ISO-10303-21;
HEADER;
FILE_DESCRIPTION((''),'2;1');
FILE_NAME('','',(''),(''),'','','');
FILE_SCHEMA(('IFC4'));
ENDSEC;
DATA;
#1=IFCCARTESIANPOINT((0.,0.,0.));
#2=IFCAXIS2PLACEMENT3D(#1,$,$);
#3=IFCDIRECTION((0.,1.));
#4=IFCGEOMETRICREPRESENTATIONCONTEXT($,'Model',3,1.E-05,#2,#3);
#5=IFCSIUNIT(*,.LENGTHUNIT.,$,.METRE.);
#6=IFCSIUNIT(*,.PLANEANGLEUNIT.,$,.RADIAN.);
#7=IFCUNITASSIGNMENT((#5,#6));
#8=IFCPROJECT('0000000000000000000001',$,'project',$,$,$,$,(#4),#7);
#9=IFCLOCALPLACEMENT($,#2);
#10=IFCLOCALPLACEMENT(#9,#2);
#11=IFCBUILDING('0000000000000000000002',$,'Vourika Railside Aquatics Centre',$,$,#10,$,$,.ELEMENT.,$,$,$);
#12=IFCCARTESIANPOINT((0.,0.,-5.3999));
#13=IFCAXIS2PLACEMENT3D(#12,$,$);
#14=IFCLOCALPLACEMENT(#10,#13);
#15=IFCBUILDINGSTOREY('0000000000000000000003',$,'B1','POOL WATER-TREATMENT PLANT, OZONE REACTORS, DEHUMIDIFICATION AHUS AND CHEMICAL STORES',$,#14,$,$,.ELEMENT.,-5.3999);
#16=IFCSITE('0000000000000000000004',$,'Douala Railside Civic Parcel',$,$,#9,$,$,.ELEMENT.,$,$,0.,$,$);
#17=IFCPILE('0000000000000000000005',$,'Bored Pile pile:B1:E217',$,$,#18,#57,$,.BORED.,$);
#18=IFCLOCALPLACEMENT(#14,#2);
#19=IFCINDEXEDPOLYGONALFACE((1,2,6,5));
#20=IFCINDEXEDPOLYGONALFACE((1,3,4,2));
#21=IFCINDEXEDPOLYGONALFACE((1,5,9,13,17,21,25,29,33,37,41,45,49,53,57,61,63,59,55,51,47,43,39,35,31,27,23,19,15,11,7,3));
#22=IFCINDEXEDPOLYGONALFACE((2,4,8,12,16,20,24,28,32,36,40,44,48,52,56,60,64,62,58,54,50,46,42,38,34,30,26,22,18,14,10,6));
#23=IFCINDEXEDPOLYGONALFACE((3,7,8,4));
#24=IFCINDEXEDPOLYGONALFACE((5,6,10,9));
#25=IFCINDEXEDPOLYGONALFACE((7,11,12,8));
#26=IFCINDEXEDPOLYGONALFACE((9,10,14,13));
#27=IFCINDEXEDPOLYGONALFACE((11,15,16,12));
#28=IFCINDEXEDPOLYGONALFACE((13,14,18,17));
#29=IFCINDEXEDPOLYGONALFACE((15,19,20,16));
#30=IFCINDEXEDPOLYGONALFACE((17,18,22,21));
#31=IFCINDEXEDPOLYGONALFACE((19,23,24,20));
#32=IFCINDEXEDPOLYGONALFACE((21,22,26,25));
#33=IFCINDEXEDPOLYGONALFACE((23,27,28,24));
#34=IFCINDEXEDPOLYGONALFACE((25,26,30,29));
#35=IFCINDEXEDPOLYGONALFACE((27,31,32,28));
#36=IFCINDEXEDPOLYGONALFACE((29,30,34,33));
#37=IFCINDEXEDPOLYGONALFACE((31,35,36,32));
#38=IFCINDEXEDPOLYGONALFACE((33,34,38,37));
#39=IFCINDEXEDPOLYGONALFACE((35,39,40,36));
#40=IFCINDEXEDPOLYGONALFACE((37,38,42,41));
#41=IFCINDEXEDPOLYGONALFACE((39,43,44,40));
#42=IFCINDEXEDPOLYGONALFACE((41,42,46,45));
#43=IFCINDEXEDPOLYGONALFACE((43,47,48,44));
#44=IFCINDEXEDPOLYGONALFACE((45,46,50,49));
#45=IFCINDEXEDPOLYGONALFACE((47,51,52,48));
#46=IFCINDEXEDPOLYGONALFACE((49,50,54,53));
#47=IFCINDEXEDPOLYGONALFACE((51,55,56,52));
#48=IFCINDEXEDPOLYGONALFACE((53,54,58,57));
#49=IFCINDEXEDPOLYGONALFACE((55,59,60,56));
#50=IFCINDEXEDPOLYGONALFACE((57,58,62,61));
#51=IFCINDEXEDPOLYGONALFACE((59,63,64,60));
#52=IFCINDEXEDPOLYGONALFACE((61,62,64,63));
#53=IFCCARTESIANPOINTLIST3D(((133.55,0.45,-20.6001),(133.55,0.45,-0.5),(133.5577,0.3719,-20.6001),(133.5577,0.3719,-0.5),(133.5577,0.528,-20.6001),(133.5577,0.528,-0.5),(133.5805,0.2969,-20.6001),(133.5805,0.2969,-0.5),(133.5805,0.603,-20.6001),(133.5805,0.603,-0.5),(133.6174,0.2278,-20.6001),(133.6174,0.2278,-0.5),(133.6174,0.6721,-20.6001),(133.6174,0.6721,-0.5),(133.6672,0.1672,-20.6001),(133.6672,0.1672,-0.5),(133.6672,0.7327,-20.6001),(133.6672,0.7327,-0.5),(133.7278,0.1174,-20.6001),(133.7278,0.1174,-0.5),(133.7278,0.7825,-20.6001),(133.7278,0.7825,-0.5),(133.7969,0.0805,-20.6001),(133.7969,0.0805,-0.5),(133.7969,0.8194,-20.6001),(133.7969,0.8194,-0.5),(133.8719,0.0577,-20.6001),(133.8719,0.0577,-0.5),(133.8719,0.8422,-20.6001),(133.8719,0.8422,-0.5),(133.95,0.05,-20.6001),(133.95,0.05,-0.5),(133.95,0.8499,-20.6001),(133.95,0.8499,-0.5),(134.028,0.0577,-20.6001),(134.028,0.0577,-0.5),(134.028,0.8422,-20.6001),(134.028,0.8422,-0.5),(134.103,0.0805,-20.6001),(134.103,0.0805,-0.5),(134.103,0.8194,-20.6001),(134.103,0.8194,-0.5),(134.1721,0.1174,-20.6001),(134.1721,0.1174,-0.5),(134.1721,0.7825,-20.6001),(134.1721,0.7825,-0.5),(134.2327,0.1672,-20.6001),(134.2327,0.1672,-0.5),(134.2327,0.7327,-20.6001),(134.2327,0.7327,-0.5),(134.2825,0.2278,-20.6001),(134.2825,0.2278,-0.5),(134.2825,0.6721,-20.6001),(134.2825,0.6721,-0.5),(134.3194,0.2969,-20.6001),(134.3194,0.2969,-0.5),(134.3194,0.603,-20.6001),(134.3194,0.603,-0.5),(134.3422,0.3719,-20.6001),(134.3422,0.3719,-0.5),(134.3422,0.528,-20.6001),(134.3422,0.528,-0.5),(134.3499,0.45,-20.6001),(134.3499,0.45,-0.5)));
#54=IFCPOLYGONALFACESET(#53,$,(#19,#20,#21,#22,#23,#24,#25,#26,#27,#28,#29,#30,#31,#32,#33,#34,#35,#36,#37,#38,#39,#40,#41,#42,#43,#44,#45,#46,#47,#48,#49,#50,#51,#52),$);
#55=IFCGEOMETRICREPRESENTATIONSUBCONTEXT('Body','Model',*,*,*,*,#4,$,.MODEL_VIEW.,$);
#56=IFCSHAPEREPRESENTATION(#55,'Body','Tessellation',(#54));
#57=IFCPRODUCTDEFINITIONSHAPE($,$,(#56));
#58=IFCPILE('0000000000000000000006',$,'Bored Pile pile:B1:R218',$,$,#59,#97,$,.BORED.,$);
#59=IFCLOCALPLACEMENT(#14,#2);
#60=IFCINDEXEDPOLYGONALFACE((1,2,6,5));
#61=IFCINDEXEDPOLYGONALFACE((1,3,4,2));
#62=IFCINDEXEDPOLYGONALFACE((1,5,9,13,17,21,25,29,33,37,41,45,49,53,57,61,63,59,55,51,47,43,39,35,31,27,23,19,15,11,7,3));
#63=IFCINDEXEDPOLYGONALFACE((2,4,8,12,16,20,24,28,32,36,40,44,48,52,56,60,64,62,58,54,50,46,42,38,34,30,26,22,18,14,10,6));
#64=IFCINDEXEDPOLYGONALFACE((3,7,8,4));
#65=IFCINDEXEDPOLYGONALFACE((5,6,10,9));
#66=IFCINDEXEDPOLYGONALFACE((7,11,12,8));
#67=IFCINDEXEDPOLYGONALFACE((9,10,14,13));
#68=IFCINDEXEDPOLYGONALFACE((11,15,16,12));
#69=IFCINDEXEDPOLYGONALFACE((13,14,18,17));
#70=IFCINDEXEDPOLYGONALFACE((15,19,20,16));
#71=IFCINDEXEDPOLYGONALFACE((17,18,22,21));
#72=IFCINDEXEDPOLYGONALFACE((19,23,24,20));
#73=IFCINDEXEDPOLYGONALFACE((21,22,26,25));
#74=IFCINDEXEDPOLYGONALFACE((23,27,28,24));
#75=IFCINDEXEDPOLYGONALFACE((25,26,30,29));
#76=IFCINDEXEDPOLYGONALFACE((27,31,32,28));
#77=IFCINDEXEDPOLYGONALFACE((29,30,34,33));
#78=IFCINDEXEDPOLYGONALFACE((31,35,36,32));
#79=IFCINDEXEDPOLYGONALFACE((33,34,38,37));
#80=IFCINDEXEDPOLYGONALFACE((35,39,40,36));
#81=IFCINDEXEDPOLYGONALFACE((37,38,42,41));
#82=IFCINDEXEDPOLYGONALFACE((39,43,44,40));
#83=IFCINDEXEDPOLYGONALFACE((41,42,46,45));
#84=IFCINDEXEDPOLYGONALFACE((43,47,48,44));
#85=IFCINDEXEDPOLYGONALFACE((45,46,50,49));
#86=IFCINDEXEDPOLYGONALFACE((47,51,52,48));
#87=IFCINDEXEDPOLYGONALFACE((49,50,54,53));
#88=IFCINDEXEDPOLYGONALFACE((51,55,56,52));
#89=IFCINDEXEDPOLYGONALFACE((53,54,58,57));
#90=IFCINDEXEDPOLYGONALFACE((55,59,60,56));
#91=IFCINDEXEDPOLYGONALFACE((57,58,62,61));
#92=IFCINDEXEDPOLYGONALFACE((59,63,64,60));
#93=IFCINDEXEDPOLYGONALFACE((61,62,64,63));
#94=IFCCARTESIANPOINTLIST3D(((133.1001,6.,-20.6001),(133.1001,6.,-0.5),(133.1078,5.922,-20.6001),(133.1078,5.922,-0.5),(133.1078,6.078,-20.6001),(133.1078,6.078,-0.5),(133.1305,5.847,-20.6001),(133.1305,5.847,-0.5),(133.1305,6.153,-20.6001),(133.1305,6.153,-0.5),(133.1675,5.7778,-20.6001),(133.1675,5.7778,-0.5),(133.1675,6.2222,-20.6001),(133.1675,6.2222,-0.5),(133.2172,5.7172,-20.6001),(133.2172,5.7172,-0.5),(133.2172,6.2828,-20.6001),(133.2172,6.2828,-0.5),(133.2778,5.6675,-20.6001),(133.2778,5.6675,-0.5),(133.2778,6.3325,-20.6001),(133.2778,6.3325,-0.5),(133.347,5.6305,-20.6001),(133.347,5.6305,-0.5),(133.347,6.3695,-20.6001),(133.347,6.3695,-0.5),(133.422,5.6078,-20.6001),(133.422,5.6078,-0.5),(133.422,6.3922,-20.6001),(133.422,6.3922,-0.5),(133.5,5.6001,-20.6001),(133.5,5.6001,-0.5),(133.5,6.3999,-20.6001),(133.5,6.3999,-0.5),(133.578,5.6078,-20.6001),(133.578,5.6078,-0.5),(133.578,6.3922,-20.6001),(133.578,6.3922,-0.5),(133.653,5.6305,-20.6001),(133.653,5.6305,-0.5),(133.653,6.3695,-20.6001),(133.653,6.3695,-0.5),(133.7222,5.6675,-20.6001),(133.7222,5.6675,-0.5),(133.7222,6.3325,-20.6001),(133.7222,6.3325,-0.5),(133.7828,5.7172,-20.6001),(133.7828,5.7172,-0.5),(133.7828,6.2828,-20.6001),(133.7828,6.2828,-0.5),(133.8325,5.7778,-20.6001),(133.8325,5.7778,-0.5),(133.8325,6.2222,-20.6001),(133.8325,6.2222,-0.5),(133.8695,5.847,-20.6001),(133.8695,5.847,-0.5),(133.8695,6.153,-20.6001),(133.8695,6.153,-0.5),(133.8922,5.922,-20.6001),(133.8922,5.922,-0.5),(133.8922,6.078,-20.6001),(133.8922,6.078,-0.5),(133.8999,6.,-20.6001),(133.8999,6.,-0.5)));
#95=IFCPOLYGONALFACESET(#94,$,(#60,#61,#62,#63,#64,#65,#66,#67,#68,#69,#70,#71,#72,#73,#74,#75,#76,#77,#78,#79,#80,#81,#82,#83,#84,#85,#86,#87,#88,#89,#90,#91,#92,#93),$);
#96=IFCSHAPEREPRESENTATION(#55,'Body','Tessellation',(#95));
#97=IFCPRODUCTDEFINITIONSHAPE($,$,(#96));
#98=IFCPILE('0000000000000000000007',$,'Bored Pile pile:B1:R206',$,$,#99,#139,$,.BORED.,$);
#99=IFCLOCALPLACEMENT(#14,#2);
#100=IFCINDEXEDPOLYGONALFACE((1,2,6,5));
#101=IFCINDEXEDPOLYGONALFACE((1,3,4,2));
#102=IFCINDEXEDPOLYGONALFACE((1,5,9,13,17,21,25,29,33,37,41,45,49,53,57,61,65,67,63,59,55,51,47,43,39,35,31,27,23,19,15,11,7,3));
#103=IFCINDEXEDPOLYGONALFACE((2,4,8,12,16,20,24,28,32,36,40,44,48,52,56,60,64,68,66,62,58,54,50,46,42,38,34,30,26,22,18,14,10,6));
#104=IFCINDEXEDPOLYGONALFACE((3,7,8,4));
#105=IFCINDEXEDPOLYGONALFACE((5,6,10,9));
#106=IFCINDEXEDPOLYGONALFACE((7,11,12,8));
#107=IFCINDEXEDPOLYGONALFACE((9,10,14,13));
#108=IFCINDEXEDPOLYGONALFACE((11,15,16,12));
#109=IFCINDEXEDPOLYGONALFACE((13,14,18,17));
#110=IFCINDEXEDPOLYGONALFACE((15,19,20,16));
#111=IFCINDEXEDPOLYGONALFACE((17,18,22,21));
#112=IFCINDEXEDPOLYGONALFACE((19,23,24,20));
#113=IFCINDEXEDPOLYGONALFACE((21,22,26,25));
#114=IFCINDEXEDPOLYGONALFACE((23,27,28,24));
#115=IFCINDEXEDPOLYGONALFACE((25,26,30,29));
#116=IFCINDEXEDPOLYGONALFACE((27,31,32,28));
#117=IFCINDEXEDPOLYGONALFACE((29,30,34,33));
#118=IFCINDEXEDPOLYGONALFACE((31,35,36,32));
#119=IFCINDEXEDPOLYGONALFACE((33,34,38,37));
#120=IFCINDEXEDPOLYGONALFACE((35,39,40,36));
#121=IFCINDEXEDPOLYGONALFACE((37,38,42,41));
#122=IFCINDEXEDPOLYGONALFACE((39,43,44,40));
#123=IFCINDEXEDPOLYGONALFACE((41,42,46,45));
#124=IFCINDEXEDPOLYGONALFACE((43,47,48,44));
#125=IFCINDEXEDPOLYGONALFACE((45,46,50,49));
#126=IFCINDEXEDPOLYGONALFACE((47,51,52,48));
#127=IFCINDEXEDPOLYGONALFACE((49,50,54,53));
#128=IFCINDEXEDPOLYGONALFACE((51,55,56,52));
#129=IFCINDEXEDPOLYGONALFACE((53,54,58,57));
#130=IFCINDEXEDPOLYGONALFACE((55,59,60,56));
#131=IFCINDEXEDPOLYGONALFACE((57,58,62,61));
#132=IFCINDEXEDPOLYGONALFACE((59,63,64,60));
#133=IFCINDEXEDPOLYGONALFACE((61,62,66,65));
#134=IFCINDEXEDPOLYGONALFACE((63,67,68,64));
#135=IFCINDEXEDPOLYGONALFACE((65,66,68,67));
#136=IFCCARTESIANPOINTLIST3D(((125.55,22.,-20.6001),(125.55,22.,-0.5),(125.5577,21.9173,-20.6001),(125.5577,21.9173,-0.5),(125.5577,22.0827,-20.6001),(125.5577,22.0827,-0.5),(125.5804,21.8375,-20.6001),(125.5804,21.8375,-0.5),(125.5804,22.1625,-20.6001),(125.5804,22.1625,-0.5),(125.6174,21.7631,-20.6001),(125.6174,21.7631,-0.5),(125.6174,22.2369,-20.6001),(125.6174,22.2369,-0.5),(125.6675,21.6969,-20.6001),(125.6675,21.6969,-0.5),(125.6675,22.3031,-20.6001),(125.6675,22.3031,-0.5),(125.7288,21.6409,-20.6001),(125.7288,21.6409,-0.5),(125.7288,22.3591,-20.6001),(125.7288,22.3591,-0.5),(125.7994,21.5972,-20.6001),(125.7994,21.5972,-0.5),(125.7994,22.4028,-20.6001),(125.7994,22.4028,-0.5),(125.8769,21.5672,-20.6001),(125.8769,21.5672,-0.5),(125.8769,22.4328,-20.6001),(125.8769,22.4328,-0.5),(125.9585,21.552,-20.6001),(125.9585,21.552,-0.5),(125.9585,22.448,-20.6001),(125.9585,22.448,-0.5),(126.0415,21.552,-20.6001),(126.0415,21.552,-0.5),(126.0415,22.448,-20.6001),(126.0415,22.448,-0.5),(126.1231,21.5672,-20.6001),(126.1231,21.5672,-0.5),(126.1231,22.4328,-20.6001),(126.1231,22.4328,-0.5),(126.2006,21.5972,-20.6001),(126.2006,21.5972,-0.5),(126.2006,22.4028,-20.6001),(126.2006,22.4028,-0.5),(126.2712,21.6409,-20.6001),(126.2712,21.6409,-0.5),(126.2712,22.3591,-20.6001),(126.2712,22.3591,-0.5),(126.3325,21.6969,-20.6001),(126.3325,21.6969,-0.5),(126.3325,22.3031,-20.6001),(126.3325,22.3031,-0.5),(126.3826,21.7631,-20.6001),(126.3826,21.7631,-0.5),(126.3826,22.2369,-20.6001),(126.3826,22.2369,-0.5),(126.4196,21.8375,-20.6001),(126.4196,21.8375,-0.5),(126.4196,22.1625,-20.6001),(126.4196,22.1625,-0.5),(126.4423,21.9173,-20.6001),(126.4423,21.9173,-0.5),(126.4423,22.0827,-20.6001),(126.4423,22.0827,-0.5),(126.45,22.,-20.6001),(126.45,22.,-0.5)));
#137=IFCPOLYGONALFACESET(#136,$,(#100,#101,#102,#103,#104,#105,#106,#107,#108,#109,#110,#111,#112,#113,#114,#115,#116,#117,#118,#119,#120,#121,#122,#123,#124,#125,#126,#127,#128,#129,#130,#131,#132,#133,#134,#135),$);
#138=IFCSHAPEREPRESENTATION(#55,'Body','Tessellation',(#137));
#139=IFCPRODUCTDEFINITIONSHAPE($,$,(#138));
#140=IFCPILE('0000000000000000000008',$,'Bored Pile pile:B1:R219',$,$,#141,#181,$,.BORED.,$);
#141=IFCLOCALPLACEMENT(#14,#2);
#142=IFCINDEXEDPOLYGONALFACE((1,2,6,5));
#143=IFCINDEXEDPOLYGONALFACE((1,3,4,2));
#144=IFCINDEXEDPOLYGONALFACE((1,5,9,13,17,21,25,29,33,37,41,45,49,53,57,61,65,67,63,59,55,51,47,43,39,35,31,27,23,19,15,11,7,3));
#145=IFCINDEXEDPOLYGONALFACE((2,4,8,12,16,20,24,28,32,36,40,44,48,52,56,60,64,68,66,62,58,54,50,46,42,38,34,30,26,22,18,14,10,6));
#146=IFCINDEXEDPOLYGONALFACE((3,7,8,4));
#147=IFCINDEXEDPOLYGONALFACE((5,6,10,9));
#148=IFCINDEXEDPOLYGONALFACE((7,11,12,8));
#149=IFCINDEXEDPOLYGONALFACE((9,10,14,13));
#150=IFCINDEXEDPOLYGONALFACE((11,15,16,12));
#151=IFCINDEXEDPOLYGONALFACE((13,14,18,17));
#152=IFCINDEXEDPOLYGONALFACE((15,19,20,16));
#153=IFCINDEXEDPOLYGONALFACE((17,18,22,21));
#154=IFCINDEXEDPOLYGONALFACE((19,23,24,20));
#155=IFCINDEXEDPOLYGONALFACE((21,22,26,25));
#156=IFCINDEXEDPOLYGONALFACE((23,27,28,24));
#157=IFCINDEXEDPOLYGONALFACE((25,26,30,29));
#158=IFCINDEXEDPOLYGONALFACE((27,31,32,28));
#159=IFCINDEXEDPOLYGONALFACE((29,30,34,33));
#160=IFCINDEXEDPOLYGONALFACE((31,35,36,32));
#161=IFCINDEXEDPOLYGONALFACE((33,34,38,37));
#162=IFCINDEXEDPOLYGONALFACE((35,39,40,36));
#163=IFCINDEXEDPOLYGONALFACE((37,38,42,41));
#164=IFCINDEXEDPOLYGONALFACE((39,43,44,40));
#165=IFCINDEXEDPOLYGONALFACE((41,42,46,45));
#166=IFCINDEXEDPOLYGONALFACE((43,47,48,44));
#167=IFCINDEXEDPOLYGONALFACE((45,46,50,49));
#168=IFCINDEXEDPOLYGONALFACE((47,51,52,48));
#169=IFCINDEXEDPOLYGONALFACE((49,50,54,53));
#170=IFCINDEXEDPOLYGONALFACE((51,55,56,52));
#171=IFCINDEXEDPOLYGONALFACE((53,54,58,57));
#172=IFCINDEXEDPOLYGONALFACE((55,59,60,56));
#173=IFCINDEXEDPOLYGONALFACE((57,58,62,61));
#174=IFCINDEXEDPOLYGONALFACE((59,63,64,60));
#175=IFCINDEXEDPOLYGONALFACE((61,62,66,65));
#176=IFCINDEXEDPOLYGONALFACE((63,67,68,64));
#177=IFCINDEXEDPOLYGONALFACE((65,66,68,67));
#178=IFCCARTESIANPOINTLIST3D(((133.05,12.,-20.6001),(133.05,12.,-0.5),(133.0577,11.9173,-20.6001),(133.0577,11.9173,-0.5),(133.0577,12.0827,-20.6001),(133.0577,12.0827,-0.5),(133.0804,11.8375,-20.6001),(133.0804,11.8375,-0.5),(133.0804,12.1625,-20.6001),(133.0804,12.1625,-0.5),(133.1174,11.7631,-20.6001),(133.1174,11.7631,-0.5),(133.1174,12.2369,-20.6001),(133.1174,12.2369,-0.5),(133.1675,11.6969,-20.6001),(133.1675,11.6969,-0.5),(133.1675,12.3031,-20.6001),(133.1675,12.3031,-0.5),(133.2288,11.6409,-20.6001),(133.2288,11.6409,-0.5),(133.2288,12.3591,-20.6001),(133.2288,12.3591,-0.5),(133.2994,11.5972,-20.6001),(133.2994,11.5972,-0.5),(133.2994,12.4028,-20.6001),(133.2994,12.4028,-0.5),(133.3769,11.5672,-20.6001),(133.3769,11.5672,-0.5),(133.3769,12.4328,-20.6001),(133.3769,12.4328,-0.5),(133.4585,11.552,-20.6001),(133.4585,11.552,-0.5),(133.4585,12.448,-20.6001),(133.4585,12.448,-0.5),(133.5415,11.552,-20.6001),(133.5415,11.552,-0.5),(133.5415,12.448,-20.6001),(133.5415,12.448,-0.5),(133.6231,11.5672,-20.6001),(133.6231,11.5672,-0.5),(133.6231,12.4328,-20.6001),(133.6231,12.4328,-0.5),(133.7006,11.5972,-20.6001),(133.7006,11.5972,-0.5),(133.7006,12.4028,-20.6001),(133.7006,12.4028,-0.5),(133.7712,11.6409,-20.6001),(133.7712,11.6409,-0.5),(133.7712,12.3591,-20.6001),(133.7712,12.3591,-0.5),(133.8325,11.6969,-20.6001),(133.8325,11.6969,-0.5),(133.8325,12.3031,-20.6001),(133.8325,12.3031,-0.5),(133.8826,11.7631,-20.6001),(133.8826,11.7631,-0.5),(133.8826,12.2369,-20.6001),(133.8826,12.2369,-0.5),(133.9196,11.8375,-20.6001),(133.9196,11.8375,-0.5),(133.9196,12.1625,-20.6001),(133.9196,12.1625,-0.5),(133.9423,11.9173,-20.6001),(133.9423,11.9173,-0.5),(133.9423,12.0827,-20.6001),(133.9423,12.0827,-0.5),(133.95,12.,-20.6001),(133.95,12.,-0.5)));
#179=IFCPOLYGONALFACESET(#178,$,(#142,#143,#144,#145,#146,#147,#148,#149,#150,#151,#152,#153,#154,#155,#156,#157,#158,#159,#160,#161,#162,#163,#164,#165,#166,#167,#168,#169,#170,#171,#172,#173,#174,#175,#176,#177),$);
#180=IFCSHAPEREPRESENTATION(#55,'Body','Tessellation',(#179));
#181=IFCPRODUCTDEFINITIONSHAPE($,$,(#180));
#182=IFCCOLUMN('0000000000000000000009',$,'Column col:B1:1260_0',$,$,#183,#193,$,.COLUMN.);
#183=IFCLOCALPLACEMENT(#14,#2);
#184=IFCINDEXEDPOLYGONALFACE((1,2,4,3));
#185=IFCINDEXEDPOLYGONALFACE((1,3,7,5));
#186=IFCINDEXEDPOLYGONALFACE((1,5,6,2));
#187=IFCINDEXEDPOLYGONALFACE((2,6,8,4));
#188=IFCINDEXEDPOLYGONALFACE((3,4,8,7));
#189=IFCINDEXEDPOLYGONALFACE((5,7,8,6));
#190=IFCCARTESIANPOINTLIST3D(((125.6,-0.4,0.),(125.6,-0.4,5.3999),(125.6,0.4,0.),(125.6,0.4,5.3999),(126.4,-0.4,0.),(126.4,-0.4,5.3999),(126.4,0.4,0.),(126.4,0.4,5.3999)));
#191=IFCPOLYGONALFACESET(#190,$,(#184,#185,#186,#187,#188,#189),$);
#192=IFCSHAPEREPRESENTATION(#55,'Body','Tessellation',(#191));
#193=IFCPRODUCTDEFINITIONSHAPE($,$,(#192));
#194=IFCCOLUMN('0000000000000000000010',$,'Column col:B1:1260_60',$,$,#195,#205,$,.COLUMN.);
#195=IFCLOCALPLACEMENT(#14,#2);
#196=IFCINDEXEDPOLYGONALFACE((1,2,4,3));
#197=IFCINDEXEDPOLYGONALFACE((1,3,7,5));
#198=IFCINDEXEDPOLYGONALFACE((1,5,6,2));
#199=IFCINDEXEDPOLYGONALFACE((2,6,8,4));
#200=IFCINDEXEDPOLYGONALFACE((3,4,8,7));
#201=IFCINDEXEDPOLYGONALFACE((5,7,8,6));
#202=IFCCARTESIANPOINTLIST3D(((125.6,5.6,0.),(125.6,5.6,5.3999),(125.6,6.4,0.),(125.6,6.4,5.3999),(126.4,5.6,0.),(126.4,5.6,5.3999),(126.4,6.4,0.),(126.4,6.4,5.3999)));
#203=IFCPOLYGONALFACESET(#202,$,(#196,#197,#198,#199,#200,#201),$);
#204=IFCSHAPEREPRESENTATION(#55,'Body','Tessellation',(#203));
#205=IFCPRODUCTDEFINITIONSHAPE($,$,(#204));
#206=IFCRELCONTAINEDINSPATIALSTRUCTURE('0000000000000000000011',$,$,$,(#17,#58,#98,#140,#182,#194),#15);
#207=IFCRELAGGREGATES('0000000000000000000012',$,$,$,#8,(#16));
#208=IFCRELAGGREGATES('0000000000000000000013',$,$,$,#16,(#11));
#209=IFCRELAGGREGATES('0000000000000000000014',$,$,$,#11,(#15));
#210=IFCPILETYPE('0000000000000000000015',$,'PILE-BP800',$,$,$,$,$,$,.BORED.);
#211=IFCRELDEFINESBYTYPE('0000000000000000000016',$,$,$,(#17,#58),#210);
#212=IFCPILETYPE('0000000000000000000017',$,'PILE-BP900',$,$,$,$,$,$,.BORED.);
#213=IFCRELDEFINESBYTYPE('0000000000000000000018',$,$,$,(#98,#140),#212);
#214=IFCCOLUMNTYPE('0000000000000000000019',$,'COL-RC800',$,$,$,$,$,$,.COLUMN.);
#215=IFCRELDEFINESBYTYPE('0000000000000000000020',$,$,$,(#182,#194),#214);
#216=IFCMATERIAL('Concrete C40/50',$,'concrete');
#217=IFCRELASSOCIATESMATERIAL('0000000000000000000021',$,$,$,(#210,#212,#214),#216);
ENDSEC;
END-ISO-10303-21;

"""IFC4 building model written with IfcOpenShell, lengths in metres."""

from ifc_helpers import new_model, si_unit, direction, frame, origin, origin_2d, place, context, subcontext, project, spatial, rectangle, circle, extrude, material, material_profile, profile_set, type_object, element, save


model = new_model("IFC4")

# Units and contexts
model_context = context("Model", 3, precision=1e-05, world=origin(), true_north=direction((0.0, 1.0)))
body_context = subcontext(model_context, "Body", "Model", "MODEL_VIEW")
ifc_project = project(units=[si_unit("LENGTHUNIT", "METRE"), si_unit("PLANEANGLEUNIT", "RADIAN")], contexts=[model_context])

# Site, building, storey
site_placement = place(None, origin())
site = spatial("IfcSite", under=ifc_project, at=site_placement, Name="Douala Railside Civic Parcel", CompositionType="ELEMENT", RefElevation=0.0)
building_placement = place(site_placement, origin())
building = spatial("IfcBuilding", under=site, at=building_placement, Name="Vourika Railside Aquatics Centre", CompositionType="ELEMENT")
storey_placement = place(building_placement, frame((0.0, 0.0, -5.3999)))
storey = spatial("IfcBuildingStorey", under=building, at=storey_placement, Name="B1", Description="POOL WATER-TREATMENT PLANT, OZONE REACTORS, DEHUMIDIFICATION AHUS AND CHEMICAL STORES", CompositionType="ELEMENT", Elevation=-5.3999)

# Piles
ifc_material_1 = material(Name="Concrete C40/50", Category="concrete")
ifc_material_profile_1 = material_profile(ifc_material_1, circle(Radius=0.3999, at=origin_2d()), Name="BP 800")
ifc_profile_set_1 = profile_set([ifc_material_profile_1], Name="Concrete C40/50")
pile_type_1 = type_object("IfcPileType", Name="PILE-BP800", PredefinedType="BORED", material=ifc_profile_set_1)
for number, where, z_axis, x_axis, name in (
    (1, (133.95, 0.45, -0.5), (0.0, 0.0, -1.0), (1.0, 0.0, 0.0), "Bored Pile pile:B1:E217"),
    (2, (133.5, 6.0, -0.5), (0.0, 0.0, -1.0), (1.0, 0.0, 0.0), "Bored Pile pile:B1:R218"),
):
    element("IfcPile", number, at=place(storey_placement, frame(where, z_axis=z_axis, x_axis=x_axis)), inside=storey, type_object=pile_type_1, Name=name, PredefinedType="BORED", context=body_context, shape_type="SweptSolid", body=[
        extrude(circle(Radius=0.3999, at=origin_2d()), origin(), (0.0, 0.0, 1.0), 20.1001),
    ])
ifc_material_profile_2 = material_profile(ifc_material_1, circle(Radius=0.45, at=origin_2d()), Name="BP 900")
ifc_profile_set_2 = profile_set([ifc_material_profile_2], Name="Concrete C40/50")
pile_type_2 = type_object("IfcPileType", Name="PILE-BP900", PredefinedType="BORED", material=ifc_profile_set_2)
for number, where, z_axis, x_axis, name in (
    (3, (126.0, 22.0, -0.5), (0.0, 0.0, -1.0), (1.0, 0.0, 0.0), "Bored Pile pile:B1:R206"),
    (4, (133.5, 12.0, -0.5), (0.0, 0.0, -1.0), (1.0, 0.0, 0.0), "Bored Pile pile:B1:R219"),
):
    element("IfcPile", number, at=place(storey_placement, frame(where, z_axis=z_axis, x_axis=x_axis)), inside=storey, type_object=pile_type_2, Name=name, PredefinedType="BORED", context=body_context, shape_type="SweptSolid", body=[
        extrude(circle(Radius=0.45, at=origin_2d()), origin(), (0.0, 0.0, 1.0), 20.1001),
    ])

# Columns
ifc_material_profile_3 = material_profile(ifc_material_1, rectangle(XDim=0.8, YDim=0.8, at=origin_2d()), Name="RC 800x800")
ifc_profile_set_3 = profile_set([ifc_material_profile_3], Name="Concrete C40/50")
column_type_1 = type_object("IfcColumnType", Name="COL-RC800", PredefinedType="COLUMN", material=ifc_profile_set_3)
for number, where, z_axis, x_axis, name in (
    (5, (126.0, 0.0, 0.0), (0.0, 0.0, 1.0), (1.0, 0.0, 0.0), "Column col:B1:1260_0"),
    (6, (126.0, 6.0, 0.0), (0.0, 0.0, 1.0), (1.0, 0.0, 0.0), "Column col:B1:1260_60"),
):
    element("IfcColumn", number, at=place(storey_placement, frame(where, z_axis=z_axis, x_axis=x_axis)), inside=storey, type_object=column_type_1, Name=name, PredefinedType="COLUMN", context=body_context, shape_type="SweptSolid", body=[
        extrude(rectangle(XDim=0.8, YDim=0.8, at=origin_2d()), origin(), (0.0, 0.0, 1.0), 5.3999),
    ])

save(model, "model.ifc")
